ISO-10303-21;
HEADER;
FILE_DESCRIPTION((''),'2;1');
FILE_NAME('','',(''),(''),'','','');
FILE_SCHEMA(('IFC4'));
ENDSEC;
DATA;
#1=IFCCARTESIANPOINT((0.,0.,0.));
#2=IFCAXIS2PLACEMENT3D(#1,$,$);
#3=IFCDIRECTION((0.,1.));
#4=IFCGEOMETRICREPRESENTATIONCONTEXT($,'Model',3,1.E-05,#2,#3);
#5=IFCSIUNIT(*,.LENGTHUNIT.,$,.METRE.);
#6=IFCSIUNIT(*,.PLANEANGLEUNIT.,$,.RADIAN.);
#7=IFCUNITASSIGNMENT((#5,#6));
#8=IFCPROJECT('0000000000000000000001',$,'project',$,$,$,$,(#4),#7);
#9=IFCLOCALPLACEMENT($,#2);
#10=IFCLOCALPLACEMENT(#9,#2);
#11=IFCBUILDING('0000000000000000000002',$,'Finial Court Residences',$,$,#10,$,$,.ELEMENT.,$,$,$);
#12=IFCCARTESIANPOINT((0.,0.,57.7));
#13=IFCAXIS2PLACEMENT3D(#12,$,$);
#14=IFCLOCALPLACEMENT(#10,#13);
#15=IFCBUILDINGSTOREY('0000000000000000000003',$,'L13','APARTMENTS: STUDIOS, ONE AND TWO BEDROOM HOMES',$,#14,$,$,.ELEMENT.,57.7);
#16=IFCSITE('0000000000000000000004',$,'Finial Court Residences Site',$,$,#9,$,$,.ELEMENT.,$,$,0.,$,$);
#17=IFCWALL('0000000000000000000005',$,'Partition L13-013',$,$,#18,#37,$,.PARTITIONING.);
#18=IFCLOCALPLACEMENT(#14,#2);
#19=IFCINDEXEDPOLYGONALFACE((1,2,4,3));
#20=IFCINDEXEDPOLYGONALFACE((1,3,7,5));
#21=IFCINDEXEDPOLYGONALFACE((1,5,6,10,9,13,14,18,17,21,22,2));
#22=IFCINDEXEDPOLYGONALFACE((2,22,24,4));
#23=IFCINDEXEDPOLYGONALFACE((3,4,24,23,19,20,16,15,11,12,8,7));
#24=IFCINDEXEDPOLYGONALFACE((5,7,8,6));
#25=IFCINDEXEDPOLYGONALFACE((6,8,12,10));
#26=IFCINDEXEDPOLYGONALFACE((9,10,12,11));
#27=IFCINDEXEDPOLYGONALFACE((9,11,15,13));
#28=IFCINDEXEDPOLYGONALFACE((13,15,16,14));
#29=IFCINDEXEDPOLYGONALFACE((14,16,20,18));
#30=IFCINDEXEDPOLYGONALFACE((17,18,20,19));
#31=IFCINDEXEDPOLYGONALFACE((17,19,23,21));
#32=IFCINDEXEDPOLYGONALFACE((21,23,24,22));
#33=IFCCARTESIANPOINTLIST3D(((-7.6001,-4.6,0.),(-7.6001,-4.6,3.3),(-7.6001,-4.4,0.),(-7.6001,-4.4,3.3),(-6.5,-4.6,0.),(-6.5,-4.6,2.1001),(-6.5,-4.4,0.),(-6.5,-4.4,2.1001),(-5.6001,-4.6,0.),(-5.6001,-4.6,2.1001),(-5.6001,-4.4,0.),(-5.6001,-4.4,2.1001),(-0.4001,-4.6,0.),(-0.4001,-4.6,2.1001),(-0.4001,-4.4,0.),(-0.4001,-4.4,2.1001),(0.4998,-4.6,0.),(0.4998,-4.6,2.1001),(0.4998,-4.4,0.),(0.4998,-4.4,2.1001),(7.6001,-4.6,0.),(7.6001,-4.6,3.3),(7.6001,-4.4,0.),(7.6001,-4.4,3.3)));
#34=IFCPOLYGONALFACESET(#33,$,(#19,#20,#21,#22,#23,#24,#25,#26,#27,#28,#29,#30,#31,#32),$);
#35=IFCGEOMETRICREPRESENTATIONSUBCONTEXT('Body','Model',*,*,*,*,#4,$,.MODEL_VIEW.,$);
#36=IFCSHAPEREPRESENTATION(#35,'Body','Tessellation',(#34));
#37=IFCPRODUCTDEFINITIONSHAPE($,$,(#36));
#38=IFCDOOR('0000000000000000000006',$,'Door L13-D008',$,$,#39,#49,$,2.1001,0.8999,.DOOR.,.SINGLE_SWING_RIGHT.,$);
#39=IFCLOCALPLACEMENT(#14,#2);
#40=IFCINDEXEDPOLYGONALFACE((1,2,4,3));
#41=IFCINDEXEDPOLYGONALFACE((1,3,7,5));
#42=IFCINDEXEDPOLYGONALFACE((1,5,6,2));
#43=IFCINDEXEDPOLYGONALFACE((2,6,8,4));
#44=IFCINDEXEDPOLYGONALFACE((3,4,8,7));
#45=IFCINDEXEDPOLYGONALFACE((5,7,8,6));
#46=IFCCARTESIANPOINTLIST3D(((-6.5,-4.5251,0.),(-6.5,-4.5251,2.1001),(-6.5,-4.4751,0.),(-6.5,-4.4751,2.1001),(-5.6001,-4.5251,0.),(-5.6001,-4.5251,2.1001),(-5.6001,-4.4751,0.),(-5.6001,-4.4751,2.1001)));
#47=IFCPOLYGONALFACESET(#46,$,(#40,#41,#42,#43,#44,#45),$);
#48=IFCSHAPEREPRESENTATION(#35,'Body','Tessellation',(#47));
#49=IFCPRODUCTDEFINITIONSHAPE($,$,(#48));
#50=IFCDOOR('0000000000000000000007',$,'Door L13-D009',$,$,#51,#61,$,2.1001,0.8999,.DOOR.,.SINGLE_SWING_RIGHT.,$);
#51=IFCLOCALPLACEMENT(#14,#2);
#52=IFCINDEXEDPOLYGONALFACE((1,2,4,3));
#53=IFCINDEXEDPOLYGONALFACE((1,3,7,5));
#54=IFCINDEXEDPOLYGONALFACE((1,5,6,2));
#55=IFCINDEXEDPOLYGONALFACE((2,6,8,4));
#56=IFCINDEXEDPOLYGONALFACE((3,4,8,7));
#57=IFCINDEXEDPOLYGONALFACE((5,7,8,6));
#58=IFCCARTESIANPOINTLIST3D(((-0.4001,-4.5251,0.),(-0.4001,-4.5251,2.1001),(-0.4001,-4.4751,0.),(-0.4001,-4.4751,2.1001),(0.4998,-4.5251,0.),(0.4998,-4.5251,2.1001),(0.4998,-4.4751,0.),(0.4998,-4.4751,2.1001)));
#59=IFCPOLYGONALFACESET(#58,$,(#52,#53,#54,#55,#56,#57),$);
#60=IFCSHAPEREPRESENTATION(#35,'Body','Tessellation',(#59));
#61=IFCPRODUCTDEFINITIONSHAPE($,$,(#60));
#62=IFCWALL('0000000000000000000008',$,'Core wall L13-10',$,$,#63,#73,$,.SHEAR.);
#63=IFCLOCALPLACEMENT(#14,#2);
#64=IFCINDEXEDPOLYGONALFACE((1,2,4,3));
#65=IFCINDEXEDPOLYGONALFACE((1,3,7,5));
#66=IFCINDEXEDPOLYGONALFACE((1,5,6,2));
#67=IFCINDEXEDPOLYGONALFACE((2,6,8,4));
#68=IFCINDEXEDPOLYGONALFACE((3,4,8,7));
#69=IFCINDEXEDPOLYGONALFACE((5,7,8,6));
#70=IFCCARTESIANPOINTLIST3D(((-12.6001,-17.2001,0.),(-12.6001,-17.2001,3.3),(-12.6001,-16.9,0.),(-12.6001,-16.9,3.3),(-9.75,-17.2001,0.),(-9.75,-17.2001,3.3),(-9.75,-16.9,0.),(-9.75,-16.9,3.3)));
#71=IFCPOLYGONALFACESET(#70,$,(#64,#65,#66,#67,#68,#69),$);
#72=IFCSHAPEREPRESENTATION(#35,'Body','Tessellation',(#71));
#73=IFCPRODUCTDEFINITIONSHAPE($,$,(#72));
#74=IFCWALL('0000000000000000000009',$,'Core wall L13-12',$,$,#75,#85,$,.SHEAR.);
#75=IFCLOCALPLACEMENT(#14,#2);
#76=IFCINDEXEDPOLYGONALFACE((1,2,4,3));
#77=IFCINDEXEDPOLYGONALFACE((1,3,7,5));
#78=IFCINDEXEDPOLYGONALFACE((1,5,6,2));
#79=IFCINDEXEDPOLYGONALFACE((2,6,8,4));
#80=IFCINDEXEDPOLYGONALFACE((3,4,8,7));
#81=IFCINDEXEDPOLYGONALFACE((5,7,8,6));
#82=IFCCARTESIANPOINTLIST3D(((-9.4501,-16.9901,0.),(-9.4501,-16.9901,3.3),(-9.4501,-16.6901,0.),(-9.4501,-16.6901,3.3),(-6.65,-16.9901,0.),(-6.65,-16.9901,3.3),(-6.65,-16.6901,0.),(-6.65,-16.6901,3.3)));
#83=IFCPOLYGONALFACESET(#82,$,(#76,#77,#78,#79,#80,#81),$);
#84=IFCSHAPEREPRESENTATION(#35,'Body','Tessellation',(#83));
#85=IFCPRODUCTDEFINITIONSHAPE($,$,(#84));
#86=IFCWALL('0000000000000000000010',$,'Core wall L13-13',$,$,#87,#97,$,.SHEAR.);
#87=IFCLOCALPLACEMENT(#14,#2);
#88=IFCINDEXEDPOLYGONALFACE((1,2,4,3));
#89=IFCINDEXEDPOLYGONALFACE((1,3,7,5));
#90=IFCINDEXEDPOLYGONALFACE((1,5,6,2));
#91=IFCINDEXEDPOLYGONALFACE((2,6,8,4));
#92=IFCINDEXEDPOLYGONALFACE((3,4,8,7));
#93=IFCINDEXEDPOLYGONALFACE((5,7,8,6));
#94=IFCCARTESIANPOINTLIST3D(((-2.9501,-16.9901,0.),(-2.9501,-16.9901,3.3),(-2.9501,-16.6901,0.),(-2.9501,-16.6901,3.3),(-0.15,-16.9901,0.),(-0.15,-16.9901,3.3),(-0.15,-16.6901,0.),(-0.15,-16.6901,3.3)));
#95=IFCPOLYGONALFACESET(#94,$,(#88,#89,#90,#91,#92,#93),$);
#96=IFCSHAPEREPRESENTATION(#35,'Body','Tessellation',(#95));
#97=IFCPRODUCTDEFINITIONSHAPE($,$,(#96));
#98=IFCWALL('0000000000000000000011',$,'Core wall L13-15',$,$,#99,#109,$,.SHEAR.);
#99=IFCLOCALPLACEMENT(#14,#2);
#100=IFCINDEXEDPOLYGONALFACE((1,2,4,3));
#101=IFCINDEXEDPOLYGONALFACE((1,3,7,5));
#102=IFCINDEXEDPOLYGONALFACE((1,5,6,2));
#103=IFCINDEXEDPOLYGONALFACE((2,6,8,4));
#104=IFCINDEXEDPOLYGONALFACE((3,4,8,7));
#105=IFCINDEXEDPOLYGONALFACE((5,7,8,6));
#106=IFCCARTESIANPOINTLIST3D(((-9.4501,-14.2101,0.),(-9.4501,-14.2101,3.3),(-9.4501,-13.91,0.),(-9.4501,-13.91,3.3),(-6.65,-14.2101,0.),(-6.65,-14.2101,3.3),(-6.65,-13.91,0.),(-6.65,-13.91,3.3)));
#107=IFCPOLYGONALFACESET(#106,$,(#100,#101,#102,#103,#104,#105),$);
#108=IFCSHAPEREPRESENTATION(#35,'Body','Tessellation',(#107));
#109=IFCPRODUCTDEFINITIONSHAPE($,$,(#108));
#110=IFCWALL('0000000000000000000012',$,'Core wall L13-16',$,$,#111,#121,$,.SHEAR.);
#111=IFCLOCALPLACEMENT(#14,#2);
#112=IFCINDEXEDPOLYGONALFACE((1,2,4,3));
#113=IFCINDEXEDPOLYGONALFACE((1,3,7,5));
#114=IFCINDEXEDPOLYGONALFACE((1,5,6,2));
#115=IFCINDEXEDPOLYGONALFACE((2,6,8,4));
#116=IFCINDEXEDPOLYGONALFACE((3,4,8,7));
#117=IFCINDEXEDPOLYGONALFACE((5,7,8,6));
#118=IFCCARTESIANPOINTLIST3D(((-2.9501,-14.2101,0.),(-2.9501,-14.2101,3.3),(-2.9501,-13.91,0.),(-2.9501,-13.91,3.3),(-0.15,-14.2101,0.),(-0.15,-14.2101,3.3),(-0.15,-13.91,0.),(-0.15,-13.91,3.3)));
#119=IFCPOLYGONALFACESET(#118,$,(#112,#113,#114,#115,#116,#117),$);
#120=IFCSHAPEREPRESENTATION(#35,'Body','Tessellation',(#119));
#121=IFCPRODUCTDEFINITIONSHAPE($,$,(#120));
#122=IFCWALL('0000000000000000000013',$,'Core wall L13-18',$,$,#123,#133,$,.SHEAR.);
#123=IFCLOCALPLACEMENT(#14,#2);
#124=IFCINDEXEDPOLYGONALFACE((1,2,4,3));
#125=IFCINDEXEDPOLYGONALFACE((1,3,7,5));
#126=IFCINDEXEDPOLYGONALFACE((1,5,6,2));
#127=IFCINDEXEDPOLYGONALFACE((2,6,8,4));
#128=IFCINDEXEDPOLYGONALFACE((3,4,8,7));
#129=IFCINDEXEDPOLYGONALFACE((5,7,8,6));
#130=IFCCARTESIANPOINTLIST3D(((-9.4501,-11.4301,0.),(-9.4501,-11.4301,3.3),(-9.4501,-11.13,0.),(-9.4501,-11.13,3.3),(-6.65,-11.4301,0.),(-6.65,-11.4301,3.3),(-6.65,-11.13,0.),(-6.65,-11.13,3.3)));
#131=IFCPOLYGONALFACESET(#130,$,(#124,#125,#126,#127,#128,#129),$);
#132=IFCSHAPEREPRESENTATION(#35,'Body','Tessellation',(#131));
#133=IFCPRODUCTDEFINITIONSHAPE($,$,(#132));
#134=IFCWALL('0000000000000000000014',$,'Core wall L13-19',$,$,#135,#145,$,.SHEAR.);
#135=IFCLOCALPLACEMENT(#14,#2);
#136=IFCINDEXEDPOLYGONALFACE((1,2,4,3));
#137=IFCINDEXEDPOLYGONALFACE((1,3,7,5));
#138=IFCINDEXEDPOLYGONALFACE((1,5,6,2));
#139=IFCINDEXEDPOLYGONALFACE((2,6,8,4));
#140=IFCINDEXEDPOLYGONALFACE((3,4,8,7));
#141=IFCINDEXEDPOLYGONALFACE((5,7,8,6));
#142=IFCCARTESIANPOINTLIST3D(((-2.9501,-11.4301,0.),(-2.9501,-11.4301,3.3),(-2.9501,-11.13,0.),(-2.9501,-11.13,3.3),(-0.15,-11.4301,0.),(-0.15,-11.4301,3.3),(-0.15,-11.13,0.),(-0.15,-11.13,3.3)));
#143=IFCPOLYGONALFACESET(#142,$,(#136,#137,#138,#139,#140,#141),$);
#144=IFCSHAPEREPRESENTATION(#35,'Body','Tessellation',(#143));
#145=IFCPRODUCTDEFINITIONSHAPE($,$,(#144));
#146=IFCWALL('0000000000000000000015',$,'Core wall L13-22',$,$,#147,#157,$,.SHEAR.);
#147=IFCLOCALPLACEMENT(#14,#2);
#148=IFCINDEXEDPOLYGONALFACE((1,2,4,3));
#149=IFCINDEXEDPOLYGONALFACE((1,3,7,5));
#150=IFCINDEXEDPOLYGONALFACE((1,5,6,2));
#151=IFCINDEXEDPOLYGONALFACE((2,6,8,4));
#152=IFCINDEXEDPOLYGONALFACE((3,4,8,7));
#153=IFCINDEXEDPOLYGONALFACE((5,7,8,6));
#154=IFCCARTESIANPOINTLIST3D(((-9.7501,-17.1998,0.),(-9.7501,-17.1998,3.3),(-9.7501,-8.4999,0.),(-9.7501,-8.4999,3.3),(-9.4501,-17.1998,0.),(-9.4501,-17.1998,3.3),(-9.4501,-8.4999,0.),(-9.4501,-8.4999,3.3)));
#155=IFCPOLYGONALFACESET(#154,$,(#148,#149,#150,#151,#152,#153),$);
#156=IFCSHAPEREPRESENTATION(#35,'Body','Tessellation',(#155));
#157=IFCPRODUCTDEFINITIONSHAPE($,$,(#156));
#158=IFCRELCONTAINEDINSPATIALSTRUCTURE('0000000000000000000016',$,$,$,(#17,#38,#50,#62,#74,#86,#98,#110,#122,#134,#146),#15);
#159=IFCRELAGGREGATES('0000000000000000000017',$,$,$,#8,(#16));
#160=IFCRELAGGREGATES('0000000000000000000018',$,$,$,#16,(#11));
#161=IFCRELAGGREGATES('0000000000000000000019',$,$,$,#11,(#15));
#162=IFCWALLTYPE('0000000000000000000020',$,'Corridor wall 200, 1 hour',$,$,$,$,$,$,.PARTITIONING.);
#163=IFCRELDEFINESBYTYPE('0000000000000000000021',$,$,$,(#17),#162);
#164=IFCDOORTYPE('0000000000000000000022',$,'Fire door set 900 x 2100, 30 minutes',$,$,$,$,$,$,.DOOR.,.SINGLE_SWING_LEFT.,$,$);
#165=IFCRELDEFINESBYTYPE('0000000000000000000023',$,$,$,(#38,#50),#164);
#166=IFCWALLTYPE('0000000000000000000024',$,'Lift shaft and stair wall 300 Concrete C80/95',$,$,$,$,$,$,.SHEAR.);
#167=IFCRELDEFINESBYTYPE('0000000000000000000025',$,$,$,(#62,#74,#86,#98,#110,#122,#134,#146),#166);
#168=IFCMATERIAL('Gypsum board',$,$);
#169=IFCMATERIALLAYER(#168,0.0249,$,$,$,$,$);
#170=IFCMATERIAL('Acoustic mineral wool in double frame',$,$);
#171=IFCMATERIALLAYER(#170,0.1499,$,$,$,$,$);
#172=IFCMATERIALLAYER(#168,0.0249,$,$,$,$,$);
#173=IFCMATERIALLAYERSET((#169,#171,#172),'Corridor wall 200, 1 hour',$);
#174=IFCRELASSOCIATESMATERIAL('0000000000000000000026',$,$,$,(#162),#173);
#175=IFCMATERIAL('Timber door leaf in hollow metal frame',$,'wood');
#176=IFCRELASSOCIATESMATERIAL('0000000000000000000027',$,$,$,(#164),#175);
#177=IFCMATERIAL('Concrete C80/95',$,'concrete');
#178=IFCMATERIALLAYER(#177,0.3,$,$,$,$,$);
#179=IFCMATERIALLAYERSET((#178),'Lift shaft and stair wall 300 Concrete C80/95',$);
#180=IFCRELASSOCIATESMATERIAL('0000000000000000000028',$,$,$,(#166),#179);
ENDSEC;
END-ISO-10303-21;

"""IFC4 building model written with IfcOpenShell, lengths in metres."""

from ifc_helpers import new_model, si_unit, direction, frame, frame_2d, origin, place, context, subcontext, project, spatial, rectangle, extrude, material, layer, layer_set, type_object, element, fill, save


model = new_model("IFC4")

# Units and contexts
model_context = context("Model", 3, precision=1e-05, world=origin(), true_north=direction((0.0, 1.0)))
body_context = subcontext(model_context, "Body", "Model", "MODEL_VIEW")
ifc_project = project(units=[si_unit("LENGTHUNIT", "METRE"), si_unit("PLANEANGLEUNIT", "RADIAN")], contexts=[model_context])

# Site, building, storey
site_placement = place(None, origin())
site = spatial("IfcSite", under=ifc_project, at=site_placement, Name="Finial Court Residences Site", CompositionType="ELEMENT", RefElevation=0.0)
building_placement = place(site_placement, origin())
building = spatial("IfcBuilding", under=site, at=building_placement, Name="Finial Court Residences", CompositionType="ELEMENT")
storey_placement = place(building_placement, frame((0.0, 0.0, 57.7)))
storey = spatial("IfcBuildingStorey", under=building, at=storey_placement, Name="L13", Description="APARTMENTS: STUDIOS, ONE AND TWO BEDROOM HOMES", CompositionType="ELEMENT", Elevation=57.7)

# Shared definitions
ifc_material_1 = material(Name="Concrete C80/95", Category="concrete")

# Wall, openings, doors
ifc_material_2 = material(Name="Gypsum board")
ifc_layer_1 = layer(ifc_material_2, 0.0249)
ifc_material_3 = material(Name="Acoustic mineral wool in double frame")
ifc_layer_2 = layer(ifc_material_3, 0.1499)
ifc_layer_3 = layer(ifc_material_2, 0.0249)
ifc_layer_set_1 = layer_set([ifc_layer_1, ifc_layer_2, ifc_layer_3], Name="Corridor wall 200, 1 hour")
wall_type_1 = type_object("IfcWallType", Name="Corridor wall 200, 1 hour", PredefinedType="PARTITIONING", material=ifc_layer_set_1)
wall_1_placement = place(storey_placement, frame((-7.6001, -4.5, 0.0), z_axis=(0.0, 0.0, 1.0), x_axis=(1.0, 0.0, 0.0)))
wall_1 = element("IfcWall", 1, at=wall_1_placement, inside=storey, type_object=wall_type_1, Name="Partition L13-013", PredefinedType="PARTITIONING", context=body_context, shape_type="SweptSolid", body=[
    extrude(rectangle(XDim=15.2002, YDim=0.2, at=frame_2d((7.6001, 0.0))), origin(), (0.0, 0.0, 1.0), 3.3),
])
opening_1_placement = place(wall_1_placement, frame((1.1001, 0.0, 0.0)))
opening_1 = element("IfcOpeningElement", 2, at=opening_1_placement, cuts=wall_1, PredefinedType="OPENING", context=body_context, shape_type="SweptSolid", body=[
    extrude(rectangle(XDim=0.8999, YDim=2.1001, at=frame_2d((0.45, 1.05))), frame((0.0, 0.1099, 0.0), z_axis=(0.0, -1.0, 0.0), x_axis=(1.0, 0.0, 0.0)), (0.0, 0.0, 1.0), 0.22),
])
opening_2_placement = place(wall_1_placement, frame((7.2, 0.0, 0.0)))
opening_2 = element("IfcOpeningElement", 3, at=opening_2_placement, cuts=wall_1, PredefinedType="OPENING", context=body_context, shape_type="SweptSolid", body=[
    extrude(rectangle(XDim=0.8999, YDim=2.1001, at=frame_2d((0.45, 1.05))), frame((0.0, 0.1099, 0.0), z_axis=(0.0, -1.0, 0.0), x_axis=(1.0, 0.0, 0.0)), (0.0, 0.0, 1.0), 0.22),
])
ifc_material_4 = material(Name="Timber door leaf in hollow metal frame", Category="wood")
door_type_1 = type_object("IfcDoorType", Name="Fire door set 900 x 2100, 30 minutes", OperationType="SINGLE_SWING_LEFT", PredefinedType="DOOR", material=ifc_material_4)
door_1_placement = place(opening_1_placement, origin())
door_1 = element("IfcDoor", 4, at=door_1_placement, inside=storey, type_object=door_type_1, Name="Door L13-D008", OperationType="SINGLE_SWING_RIGHT", OverallHeight=2.1001, OverallWidth=0.8999, PredefinedType="DOOR", context=body_context, shape_type="SweptSolid", body=[
    extrude(rectangle(XDim=0.8999, YDim=2.1001, at=frame_2d((0.45, 1.05))), frame((0.0, 0.0249, 0.0), z_axis=(0.0, -1.0, 0.0), x_axis=(1.0, 0.0, 0.0)), (0.0, 0.0, 1.0), 0.05),
])
fill(opening_1, door_1)
door_2_placement = place(opening_2_placement, origin())
door_2 = element("IfcDoor", 5, at=door_2_placement, inside=storey, type_object=door_type_1, Name="Door L13-D009", OperationType="SINGLE_SWING_RIGHT", OverallHeight=2.1001, OverallWidth=0.8999, PredefinedType="DOOR", context=body_context, shape_type="SweptSolid", body=[
    extrude(rectangle(XDim=0.8999, YDim=2.1001, at=frame_2d((0.45, 1.05))), frame((0.0, 0.0249, 0.0), z_axis=(0.0, -1.0, 0.0), x_axis=(1.0, 0.0, 0.0)), (0.0, 0.0, 1.0), 0.05),
])
fill(opening_2, door_2)

# Walls
ifc_layer_4 = layer(ifc_material_1, 0.3)
ifc_layer_set_2 = layer_set([ifc_layer_4], Name="Lift shaft and stair wall 300 Concrete C80/95")
wall_type_2 = type_object("IfcWallType", Name="Lift shaft and stair wall 300 Concrete C80/95", PredefinedType="SHEAR", material=ifc_layer_set_2)
wall_2_placement = place(storey_placement, frame((-12.6001, -17.05, 0.0), z_axis=(0.0, 0.0, 1.0), x_axis=(1.0, 0.0, 0.0)))
element("IfcWall", 6, at=wall_2_placement, inside=storey, type_object=wall_type_2, Name="Core wall L13-10", PredefinedType="SHEAR", context=body_context, shape_type="SweptSolid", body=[
    extrude(rectangle(XDim=2.8501, YDim=0.3, at=frame_2d((1.425, 0.0))), origin(), (0.0, 0.0, 1.0), 3.3),
])
for number, where, z_axis, x_axis, name in (
    (7, (-9.45, -16.8401, 0.0), (0.0, 0.0, 1.0), (1.0, 0.0, 0.0), "Core wall L13-12"),
    (8, (-2.95, -16.8401, 0.0), (0.0, 0.0, 1.0), (1.0, 0.0, 0.0), "Core wall L13-13"),
    (9, (-9.45, -14.0601, 0.0), (0.0, 0.0, 1.0), (1.0, 0.0, 0.0), "Core wall L13-15"),
    (10, (-2.95, -14.0601, 0.0), (0.0, 0.0, 1.0), (1.0, 0.0, 0.0), "Core wall L13-16"),
    (11, (-9.45, -11.28, 0.0), (0.0, 0.0, 1.0), (1.0, 0.0, 0.0), "Core wall L13-18"),
    (12, (-2.95, -11.28, 0.0), (0.0, 0.0, 1.0), (1.0, 0.0, 0.0), "Core wall L13-19"),
):
    element("IfcWall", number, at=place(storey_placement, frame(where, z_axis=z_axis, x_axis=x_axis)), inside=storey, type_object=wall_type_2, Name=name, PredefinedType="SHEAR", context=body_context, shape_type="SweptSolid", body=[
        extrude(rectangle(XDim=2.8, YDim=0.3, at=frame_2d((1.3999, 0.0))), origin(), (0.0, 0.0, 1.0), 3.3),
    ])
wall_3_placement = place(storey_placement, frame((-9.6001, -17.2, 0.0), z_axis=(0.0, 0.0, 1.0), x_axis=(0.0, 1.0, 0.0)))
element("IfcWall", 13, at=wall_3_placement, inside=storey, type_object=wall_type_2, Name="Core wall L13-22", PredefinedType="SHEAR", context=body_context, shape_type="SweptSolid", body=[
    extrude(rectangle(XDim=8.7, YDim=0.3, at=frame_2d((4.3501, 0.0))), origin(), (0.0, 0.0, 1.0), 3.3),
])

save(model, "model.ifc")
